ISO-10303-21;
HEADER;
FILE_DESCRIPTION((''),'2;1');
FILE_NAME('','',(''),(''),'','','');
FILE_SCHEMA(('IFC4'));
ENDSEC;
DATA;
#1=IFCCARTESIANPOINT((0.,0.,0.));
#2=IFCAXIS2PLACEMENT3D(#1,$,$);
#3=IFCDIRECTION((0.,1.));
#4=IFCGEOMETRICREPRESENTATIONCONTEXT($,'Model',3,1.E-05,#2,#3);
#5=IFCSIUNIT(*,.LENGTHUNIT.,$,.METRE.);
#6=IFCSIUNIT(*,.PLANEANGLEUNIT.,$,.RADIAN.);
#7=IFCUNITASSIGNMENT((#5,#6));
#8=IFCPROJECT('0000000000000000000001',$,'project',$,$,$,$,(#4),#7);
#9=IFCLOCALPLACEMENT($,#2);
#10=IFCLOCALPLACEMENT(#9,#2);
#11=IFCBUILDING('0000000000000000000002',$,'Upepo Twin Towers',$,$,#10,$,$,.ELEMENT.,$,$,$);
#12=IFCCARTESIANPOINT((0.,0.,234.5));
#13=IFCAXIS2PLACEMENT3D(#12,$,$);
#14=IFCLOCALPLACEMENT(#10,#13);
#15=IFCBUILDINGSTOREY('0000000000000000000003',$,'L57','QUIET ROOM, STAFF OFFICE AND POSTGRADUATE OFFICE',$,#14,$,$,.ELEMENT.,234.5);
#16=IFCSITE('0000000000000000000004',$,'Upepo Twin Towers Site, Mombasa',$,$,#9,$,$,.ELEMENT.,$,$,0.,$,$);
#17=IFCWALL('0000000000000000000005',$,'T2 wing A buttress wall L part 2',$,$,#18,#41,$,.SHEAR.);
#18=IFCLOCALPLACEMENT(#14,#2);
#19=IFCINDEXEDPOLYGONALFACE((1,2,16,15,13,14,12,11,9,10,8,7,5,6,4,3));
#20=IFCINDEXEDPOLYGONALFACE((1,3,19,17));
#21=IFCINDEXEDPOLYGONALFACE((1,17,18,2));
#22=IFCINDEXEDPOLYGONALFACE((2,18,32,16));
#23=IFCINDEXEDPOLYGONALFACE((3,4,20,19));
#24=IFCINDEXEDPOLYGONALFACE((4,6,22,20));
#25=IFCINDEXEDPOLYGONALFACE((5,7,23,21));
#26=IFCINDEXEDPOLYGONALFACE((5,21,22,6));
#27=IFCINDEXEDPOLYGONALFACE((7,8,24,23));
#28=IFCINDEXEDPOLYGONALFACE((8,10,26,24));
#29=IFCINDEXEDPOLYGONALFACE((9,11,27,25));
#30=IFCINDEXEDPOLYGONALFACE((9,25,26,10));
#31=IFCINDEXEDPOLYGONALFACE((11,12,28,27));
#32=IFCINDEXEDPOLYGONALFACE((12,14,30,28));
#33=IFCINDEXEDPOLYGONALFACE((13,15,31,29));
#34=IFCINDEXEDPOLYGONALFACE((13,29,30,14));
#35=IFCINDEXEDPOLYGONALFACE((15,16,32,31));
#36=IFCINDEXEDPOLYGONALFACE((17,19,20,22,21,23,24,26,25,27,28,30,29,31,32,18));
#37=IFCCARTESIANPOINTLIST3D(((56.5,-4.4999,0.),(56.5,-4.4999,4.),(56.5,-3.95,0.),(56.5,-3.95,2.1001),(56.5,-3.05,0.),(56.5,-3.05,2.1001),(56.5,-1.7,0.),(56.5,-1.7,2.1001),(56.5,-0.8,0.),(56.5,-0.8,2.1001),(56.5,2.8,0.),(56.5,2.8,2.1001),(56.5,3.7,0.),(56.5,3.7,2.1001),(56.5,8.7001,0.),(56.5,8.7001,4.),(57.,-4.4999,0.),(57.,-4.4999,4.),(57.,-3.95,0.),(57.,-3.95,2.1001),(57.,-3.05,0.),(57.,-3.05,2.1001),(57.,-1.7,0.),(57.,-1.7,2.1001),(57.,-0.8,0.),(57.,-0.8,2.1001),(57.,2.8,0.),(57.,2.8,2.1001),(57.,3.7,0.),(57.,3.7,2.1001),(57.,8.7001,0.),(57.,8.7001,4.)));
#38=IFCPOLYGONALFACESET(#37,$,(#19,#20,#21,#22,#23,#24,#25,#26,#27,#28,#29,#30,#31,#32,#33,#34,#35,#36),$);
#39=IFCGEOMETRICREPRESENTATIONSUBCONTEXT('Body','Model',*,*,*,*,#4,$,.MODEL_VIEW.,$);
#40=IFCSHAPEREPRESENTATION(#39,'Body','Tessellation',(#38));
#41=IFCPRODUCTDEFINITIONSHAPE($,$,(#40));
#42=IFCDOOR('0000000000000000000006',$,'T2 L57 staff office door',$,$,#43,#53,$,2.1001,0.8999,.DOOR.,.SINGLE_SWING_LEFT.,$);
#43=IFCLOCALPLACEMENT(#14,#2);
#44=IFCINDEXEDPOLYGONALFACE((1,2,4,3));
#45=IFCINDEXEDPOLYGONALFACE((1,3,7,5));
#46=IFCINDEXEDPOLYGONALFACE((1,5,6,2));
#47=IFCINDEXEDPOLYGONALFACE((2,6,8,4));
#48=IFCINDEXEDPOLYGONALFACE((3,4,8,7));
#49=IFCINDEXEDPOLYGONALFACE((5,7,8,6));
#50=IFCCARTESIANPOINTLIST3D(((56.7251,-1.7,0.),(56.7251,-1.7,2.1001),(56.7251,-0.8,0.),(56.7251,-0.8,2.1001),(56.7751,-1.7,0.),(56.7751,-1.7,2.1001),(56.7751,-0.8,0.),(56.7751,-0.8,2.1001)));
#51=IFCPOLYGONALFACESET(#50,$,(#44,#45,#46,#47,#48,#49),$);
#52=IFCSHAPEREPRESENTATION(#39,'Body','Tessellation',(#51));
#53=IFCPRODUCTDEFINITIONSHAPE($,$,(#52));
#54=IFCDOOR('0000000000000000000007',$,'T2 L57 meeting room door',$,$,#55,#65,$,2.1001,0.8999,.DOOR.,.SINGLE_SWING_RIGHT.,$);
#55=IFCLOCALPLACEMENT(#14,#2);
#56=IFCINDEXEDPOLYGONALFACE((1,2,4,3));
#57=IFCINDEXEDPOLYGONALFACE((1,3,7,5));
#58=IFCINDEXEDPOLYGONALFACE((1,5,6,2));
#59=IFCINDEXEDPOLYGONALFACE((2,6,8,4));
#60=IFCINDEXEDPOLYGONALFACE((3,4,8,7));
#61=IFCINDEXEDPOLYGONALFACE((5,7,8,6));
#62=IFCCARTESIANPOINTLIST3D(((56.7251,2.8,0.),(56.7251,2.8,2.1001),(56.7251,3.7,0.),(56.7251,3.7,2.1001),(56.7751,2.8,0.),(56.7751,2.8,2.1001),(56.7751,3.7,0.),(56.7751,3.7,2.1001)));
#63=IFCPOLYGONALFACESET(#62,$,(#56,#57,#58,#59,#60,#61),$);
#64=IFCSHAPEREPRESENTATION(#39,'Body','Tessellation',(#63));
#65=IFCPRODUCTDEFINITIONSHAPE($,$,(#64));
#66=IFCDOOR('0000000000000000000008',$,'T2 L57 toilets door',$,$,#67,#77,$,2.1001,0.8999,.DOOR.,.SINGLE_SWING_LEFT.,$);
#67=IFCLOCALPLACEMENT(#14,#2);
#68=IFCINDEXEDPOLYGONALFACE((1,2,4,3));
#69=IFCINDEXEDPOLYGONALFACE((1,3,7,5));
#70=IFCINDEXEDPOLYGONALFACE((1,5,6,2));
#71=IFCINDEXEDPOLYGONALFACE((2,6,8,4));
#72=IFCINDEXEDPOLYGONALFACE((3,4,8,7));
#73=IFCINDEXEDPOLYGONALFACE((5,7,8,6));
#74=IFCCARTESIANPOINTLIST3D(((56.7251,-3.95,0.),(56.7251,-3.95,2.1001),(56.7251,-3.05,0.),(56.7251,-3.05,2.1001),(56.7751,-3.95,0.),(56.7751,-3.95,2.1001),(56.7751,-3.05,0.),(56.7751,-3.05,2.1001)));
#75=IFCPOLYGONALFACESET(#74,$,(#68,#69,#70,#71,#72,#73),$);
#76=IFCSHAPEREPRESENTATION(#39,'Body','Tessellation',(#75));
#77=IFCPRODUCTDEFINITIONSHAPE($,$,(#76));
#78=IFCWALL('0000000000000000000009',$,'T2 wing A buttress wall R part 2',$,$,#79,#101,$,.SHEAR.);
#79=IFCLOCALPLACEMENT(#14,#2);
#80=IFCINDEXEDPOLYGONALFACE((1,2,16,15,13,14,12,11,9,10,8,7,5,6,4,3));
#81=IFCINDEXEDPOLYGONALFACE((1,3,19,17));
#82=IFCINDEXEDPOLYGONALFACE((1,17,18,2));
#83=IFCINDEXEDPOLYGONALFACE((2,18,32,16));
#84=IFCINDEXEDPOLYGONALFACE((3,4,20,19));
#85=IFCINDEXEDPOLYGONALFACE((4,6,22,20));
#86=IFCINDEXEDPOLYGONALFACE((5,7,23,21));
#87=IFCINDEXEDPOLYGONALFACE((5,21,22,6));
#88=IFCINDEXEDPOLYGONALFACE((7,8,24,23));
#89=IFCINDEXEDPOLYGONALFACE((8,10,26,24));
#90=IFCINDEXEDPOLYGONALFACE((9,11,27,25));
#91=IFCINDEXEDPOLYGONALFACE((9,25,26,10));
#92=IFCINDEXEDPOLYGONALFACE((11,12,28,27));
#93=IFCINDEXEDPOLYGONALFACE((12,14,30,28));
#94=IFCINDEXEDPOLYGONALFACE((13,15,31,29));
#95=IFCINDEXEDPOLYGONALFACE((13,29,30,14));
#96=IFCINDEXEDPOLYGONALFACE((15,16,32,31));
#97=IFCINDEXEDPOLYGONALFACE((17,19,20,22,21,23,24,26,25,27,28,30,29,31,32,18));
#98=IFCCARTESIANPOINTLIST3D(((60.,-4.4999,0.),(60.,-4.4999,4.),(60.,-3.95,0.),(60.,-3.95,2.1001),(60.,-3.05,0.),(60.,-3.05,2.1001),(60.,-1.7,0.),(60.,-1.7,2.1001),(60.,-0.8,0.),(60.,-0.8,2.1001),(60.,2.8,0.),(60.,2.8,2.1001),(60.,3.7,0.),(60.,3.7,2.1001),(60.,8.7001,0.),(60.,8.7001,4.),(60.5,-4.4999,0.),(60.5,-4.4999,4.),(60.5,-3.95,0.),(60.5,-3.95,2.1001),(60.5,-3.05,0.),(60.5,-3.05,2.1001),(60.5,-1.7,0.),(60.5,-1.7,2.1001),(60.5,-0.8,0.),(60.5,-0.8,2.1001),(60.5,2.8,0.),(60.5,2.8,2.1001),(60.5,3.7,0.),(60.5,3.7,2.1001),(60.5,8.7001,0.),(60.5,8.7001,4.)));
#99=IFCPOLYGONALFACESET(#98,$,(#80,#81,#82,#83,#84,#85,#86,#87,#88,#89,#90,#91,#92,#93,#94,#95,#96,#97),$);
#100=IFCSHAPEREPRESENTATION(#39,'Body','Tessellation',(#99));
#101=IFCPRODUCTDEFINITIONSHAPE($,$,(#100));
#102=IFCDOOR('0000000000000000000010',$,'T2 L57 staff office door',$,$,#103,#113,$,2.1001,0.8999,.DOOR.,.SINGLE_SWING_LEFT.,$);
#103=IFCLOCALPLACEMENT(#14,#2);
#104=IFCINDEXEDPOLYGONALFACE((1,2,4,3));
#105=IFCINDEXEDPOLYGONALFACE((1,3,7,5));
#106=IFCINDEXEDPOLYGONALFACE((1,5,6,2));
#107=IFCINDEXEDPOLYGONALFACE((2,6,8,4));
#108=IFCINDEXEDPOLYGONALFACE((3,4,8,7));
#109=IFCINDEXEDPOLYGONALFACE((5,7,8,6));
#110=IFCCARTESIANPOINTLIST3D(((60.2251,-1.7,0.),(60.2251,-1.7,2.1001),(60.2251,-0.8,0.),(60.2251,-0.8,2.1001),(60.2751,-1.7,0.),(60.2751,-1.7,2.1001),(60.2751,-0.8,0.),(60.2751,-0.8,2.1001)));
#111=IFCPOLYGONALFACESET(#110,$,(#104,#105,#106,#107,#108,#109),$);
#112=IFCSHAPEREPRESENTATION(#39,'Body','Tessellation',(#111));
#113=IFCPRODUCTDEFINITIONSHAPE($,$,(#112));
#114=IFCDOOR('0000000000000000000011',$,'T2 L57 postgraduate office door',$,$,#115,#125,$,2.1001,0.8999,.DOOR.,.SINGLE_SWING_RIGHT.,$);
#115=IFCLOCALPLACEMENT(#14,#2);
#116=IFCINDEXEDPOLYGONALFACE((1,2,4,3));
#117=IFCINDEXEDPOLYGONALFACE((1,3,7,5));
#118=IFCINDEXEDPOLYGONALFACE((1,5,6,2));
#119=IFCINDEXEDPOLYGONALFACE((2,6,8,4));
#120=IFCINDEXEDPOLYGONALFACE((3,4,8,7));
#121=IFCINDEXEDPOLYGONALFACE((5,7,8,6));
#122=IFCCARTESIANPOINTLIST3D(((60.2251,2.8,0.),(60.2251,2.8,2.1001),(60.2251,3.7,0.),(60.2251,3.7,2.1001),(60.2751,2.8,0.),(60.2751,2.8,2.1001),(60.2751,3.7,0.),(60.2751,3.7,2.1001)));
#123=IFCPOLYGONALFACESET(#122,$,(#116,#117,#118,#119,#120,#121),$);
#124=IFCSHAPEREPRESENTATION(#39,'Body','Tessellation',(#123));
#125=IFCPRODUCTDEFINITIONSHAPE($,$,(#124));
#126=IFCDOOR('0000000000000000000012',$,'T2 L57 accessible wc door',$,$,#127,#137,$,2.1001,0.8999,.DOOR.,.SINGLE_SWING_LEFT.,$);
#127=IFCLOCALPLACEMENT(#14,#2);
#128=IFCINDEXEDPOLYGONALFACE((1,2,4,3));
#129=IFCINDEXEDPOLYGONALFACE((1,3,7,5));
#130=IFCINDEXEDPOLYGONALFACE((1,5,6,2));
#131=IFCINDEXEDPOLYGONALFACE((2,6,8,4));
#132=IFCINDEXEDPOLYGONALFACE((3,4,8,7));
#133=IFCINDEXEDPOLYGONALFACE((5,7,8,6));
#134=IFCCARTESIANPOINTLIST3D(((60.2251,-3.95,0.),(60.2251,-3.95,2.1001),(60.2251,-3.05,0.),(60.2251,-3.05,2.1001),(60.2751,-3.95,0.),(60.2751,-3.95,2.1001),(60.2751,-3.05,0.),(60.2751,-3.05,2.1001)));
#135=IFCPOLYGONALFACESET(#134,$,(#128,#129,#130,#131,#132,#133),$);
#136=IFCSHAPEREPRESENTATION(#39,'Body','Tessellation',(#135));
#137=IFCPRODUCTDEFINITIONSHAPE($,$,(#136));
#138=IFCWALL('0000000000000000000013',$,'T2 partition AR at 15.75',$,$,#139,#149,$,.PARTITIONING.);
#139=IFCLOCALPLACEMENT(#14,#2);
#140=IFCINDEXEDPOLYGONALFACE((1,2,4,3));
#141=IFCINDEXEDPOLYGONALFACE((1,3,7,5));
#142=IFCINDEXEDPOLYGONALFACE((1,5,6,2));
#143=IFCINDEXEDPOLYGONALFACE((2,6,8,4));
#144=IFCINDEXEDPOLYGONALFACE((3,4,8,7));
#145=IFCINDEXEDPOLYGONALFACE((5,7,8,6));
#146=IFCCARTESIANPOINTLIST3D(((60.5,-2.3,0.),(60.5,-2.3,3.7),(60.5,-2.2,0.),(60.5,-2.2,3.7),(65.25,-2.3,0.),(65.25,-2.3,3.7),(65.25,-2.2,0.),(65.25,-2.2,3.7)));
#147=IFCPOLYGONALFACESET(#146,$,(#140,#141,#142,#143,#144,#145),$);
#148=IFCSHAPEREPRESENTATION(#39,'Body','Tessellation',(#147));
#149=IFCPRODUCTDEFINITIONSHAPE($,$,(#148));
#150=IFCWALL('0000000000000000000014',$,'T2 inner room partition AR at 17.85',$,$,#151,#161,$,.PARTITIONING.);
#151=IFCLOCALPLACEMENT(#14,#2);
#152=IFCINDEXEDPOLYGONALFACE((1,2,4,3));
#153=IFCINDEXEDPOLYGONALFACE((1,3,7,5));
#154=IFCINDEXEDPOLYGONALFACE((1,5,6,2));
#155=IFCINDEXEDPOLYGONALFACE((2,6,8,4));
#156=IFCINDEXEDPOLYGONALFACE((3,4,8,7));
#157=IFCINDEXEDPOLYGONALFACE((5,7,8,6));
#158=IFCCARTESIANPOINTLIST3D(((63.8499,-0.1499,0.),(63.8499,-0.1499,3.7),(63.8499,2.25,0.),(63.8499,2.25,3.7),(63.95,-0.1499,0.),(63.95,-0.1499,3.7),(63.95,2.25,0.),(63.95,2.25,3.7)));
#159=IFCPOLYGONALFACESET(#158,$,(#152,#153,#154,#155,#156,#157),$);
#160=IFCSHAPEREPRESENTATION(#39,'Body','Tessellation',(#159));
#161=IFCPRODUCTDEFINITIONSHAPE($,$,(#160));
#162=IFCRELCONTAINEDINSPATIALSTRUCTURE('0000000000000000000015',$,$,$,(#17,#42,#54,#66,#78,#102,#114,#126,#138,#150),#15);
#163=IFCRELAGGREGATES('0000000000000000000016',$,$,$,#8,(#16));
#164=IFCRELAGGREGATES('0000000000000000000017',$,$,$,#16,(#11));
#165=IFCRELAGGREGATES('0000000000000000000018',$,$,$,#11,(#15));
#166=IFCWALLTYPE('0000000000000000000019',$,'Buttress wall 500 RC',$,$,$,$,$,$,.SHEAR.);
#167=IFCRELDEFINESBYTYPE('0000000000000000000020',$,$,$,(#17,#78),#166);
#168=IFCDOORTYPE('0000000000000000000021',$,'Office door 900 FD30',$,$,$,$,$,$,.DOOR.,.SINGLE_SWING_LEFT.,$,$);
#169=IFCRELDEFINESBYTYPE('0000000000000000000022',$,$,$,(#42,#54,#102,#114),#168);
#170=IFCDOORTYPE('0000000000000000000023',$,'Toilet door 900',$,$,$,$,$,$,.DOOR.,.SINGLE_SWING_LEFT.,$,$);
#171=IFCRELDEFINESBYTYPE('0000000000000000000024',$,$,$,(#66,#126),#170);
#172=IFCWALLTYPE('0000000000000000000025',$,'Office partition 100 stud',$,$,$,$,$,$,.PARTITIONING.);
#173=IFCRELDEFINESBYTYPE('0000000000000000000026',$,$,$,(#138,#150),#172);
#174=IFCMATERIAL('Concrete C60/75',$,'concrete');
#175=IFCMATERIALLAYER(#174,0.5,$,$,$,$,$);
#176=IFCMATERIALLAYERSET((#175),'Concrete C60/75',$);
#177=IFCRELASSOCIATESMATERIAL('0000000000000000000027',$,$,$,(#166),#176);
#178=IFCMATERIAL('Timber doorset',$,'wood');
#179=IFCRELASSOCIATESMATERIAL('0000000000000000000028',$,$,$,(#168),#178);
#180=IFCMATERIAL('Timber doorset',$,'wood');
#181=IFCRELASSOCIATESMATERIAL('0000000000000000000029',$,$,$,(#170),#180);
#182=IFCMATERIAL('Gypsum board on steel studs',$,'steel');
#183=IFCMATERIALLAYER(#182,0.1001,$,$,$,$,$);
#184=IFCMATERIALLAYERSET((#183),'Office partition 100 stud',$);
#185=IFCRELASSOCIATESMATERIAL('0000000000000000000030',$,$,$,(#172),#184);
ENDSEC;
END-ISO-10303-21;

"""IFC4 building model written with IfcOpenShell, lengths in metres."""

from ifc_helpers import new_model, si_unit, direction, frame, frame_2d, origin, place, context, subcontext, project, spatial, rectangle, extrude, material, layer, layer_set, type_object, element, fill, save


model = new_model("IFC4")

# Units and contexts
model_context = context("Model", 3, precision=1e-05, world=origin(), true_north=direction((0.0, 1.0)))
body_context = subcontext(model_context, "Body", "Model", "MODEL_VIEW")
ifc_project = project(units=[si_unit("LENGTHUNIT", "METRE"), si_unit("PLANEANGLEUNIT", "RADIAN")], contexts=[model_context])

# Site, building, storey
site_placement = place(None, origin())
site = spatial("IfcSite", under=ifc_project, at=site_placement, Name="Upepo Twin Towers Site, Mombasa", CompositionType="ELEMENT", RefElevation=0.0)
building_placement = place(site_placement, origin())
building = spatial("IfcBuilding", under=site, at=building_placement, Name="Upepo Twin Towers", CompositionType="ELEMENT")
storey_placement = place(building_placement, frame((0.0, 0.0, 234.5)))
storey = spatial("IfcBuildingStorey", under=building, at=storey_placement, Name="L57", Description="QUIET ROOM, STAFF OFFICE AND POSTGRADUATE OFFICE", CompositionType="ELEMENT", Elevation=234.5)

# Walls, openings, doors
ifc_material_1 = material(Name="Concrete C60/75", Category="concrete")
ifc_layer_1 = layer(ifc_material_1, 0.5)
ifc_layer_set_1 = layer_set([ifc_layer_1], Name="Concrete C60/75")
wall_type_1 = type_object("IfcWallType", Name="Buttress wall 500 RC", PredefinedType="SHEAR", material=ifc_layer_set_1)
wall_1_placement = place(storey_placement, frame((56.75, -4.5, 0.0), z_axis=(0.0, 0.0, 1.0), x_axis=(0.0, 1.0, 0.0)))
wall_1 = element("IfcWall", 1, at=wall_1_placement, inside=storey, type_object=wall_type_1, Name="T2 wing A buttress wall L part 2", PredefinedType="SHEAR", context=body_context, shape_type="SweptSolid", body=[
    extrude(rectangle(XDim=13.2, YDim=0.5, at=frame_2d((6.6001, 0.0))), origin(), (0.0, 0.0, 1.0), 4.0),
])
opening_1_placement = place(wall_1_placement, frame((0.55, 0.0, 0.0)))
opening_1 = element("IfcOpeningElement", 2, at=opening_1_placement, cuts=wall_1, PredefinedType="OPENING", context=body_context, shape_type="SweptSolid", body=[
    extrude(rectangle(XDim=0.8999, YDim=2.1001, at=frame_2d((0.45, 1.05))), frame((0.0, 0.26, 0.0), z_axis=(0.0, -1.0, 0.0), x_axis=(1.0, 0.0, 0.0)), (0.0, 0.0, 1.0), 0.52),
])
opening_2_placement = place(wall_1_placement, frame((2.8, 0.0, 0.0)))
opening_2 = element("IfcOpeningElement", 3, at=opening_2_placement, cuts=wall_1, PredefinedType="OPENING", context=body_context, shape_type="SweptSolid", body=[
    extrude(rectangle(XDim=0.8999, YDim=2.1001, at=frame_2d((0.45, 1.05))), frame((0.0, 0.26, 0.0), z_axis=(0.0, -1.0, 0.0), x_axis=(1.0, 0.0, 0.0)), (0.0, 0.0, 1.0), 0.52),
])
opening_3_placement = place(wall_1_placement, frame((7.3, 0.0, 0.0)))
opening_3 = element("IfcOpeningElement", 4, at=opening_3_placement, cuts=wall_1, PredefinedType="OPENING", context=body_context, shape_type="SweptSolid", body=[
    extrude(rectangle(XDim=0.8999, YDim=2.1001, at=frame_2d((0.45, 1.05))), frame((0.0, 0.26, 0.0), z_axis=(0.0, -1.0, 0.0), x_axis=(1.0, 0.0, 0.0)), (0.0, 0.0, 1.0), 0.52),
])
ifc_material_2 = material(Name="Timber doorset", Category="wood")
door_type_1 = type_object("IfcDoorType", Name="Office door 900 FD30", OperationType="SINGLE_SWING_LEFT", PredefinedType="DOOR", material=ifc_material_2)
door_1_placement = place(opening_2_placement, origin())
door_1 = element("IfcDoor", 5, at=door_1_placement, inside=storey, type_object=door_type_1, Name="T2 L57 staff office door", OperationType="SINGLE_SWING_LEFT", OverallHeight=2.1001, OverallWidth=0.8999, PredefinedType="DOOR", context=body_context, shape_type="SweptSolid", body=[
    extrude(rectangle(XDim=0.8999, YDim=2.1001, at=frame_2d((0.45, 1.05))), frame((0.0, 0.0249, 0.0), z_axis=(0.0, -1.0, 0.0), x_axis=(1.0, 0.0, 0.0)), (0.0, 0.0, 1.0), 0.05),
])
fill(opening_2, door_1)
door_2_placement = place(opening_3_placement, origin())
door_2 = element("IfcDoor", 6, at=door_2_placement, inside=storey, type_object=door_type_1, Name="T2 L57 meeting room door", OperationType="SINGLE_SWING_RIGHT", OverallHeight=2.1001, OverallWidth=0.8999, PredefinedType="DOOR", context=body_context, shape_type="SweptSolid", body=[
    extrude(rectangle(XDim=0.8999, YDim=2.1001, at=frame_2d((0.45, 1.05))), frame((0.0, 0.0249, 0.0), z_axis=(0.0, -1.0, 0.0), x_axis=(1.0, 0.0, 0.0)), (0.0, 0.0, 1.0), 0.05),
])
fill(opening_3, door_2)
ifc_material_3 = material(Name="Timber doorset", Category="wood")
door_type_2 = type_object("IfcDoorType", Name="Toilet door 900", OperationType="SINGLE_SWING_LEFT", PredefinedType="DOOR", material=ifc_material_3)
door_3_placement = place(opening_1_placement, origin())
door_3 = element("IfcDoor", 7, at=door_3_placement, inside=storey, type_object=door_type_2, Name="T2 L57 toilets door", OperationType="SINGLE_SWING_LEFT", OverallHeight=2.1001, OverallWidth=0.8999, PredefinedType="DOOR", context=body_context, shape_type="SweptSolid", body=[
    extrude(rectangle(XDim=0.8999, YDim=2.1001, at=frame_2d((0.45, 1.05))), frame((0.0, 0.0249, 0.0), z_axis=(0.0, -1.0, 0.0), x_axis=(1.0, 0.0, 0.0)), (0.0, 0.0, 1.0), 0.05),
])
fill(opening_1, door_3)
wall_2_placement = place(storey_placement, frame((60.25, -4.5, 0.0), z_axis=(0.0, 0.0, 1.0), x_axis=(0.0, 1.0, 0.0)))
wall_2 = element("IfcWall", 8, at=wall_2_placement, inside=storey, type_object=wall_type_1, Name="T2 wing A buttress wall R part 2", PredefinedType="SHEAR", context=body_context, shape_type="SweptSolid", body=[
    extrude(rectangle(XDim=13.2, YDim=0.5, at=frame_2d((6.6001, 0.0))), origin(), (0.0, 0.0, 1.0), 4.0),
])
opening_4_placement = place(wall_2_placement, frame((0.55, 0.0, 0.0)))
opening_4 = element("IfcOpeningElement", 9, at=opening_4_placement, cuts=wall_2, PredefinedType="OPENING", context=body_context, shape_type="SweptSolid", body=[
    extrude(rectangle(XDim=0.8999, YDim=2.1001, at=frame_2d((0.45, 1.05))), frame((0.0, 0.26, 0.0), z_axis=(0.0, -1.0, 0.0), x_axis=(1.0, 0.0, 0.0)), (0.0, 0.0, 1.0), 0.52),
])
opening_5_placement = place(wall_2_placement, frame((2.8, 0.0, 0.0)))
opening_5 = element("IfcOpeningElement", 10, at=opening_5_placement, cuts=wall_2, PredefinedType="OPENING", context=body_context, shape_type="SweptSolid", body=[
    extrude(rectangle(XDim=0.8999, YDim=2.1001, at=frame_2d((0.45, 1.05))), frame((0.0, 0.26, 0.0), z_axis=(0.0, -1.0, 0.0), x_axis=(1.0, 0.0, 0.0)), (0.0, 0.0, 1.0), 0.52),
])
opening_6_placement = place(wall_2_placement, frame((7.3, 0.0, 0.0)))
opening_6 = element("IfcOpeningElement", 11, at=opening_6_placement, cuts=wall_2, PredefinedType="OPENING", context=body_context, shape_type="SweptSolid", body=[
    extrude(rectangle(XDim=0.8999, YDim=2.1001, at=frame_2d((0.45, 1.05))), frame((0.0, 0.26, 0.0), z_axis=(0.0, -1.0, 0.0), x_axis=(1.0, 0.0, 0.0)), (0.0, 0.0, 1.0), 0.52),
])
door_4_placement = place(opening_5_placement, origin())
door_4 = element("IfcDoor", 12, at=door_4_placement, inside=storey, type_object=door_type_1, Name="T2 L57 staff office door", OperationType="SINGLE_SWING_LEFT", OverallHeight=2.1001, OverallWidth=0.8999, PredefinedType="DOOR", context=body_context, shape_type="SweptSolid", body=[
    extrude(rectangle(XDim=0.8999, YDim=2.1001, at=frame_2d((0.45, 1.05))), frame((0.0, 0.0249, 0.0), z_axis=(0.0, -1.0, 0.0), x_axis=(1.0, 0.0, 0.0)), (0.0, 0.0, 1.0), 0.05),
])
fill(opening_5, door_4)
door_5_placement = place(opening_6_placement, origin())
door_5 = element("IfcDoor", 13, at=door_5_placement, inside=storey, type_object=door_type_1, Name="T2 L57 postgraduate office door", OperationType="SINGLE_SWING_RIGHT", OverallHeight=2.1001, OverallWidth=0.8999, PredefinedType="DOOR", context=body_context, shape_type="SweptSolid", body=[
    extrude(rectangle(XDim=0.8999, YDim=2.1001, at=frame_2d((0.45, 1.05))), frame((0.0, 0.0249, 0.0), z_axis=(0.0, -1.0, 0.0), x_axis=(1.0, 0.0, 0.0)), (0.0, 0.0, 1.0), 0.05),
])
fill(opening_6, door_5)
door_6_placement = place(opening_4_placement, origin())
door_6 = element("IfcDoor", 14, at=door_6_placement, inside=storey, type_object=door_type_2, Name="T2 L57 accessible wc door", OperationType="SINGLE_SWING_LEFT", OverallHeight=2.1001, OverallWidth=0.8999, PredefinedType="DOOR", context=body_context, shape_type="SweptSolid", body=[
    extrude(rectangle(XDim=0.8999, YDim=2.1001, at=frame_2d((0.45, 1.05))), frame((0.0, 0.0249, 0.0), z_axis=(0.0, -1.0, 0.0), x_axis=(1.0, 0.0, 0.0)), (0.0, 0.0, 1.0), 0.05),
])
fill(opening_4, door_6)

# Walls
ifc_material_4 = material(Name="Gypsum board on steel studs", Category="steel")
ifc_layer_2 = layer(ifc_material_4, 0.1001)
ifc_layer_set_2 = layer_set([ifc_layer_2], Name="Office partition 100 stud")
wall_type_2 = type_object("IfcWallType", Name="Office partition 100 stud", PredefinedType="PARTITIONING", material=ifc_layer_set_2)
wall_3_placement = place(storey_placement, frame((60.5, -2.25, 0.0), z_axis=(0.0, 0.0, 1.0), x_axis=(1.0, 0.0, 0.0)))
element("IfcWall", 15, at=wall_3_placement, inside=storey, type_object=wall_type_2, Name="T2 partition AR at 15.75", PredefinedType="PARTITIONING", context=body_context, shape_type="SweptSolid", body=[
    extrude(rectangle(XDim=4.75, YDim=0.1001, at=frame_2d((2.375, 0.0))), origin(), (0.0, 0.0, 1.0), 3.7),
])
wall_4_placement = place(storey_placement, frame((63.8999, -0.1499, 0.0), z_axis=(0.0, 0.0, 1.0), x_axis=(0.0, 1.0, 0.0)))
element("IfcWall", 16, at=wall_4_placement, inside=storey, type_object=wall_type_2, Name="T2 inner room partition AR at 17.85", PredefinedType="PARTITIONING", context=body_context, shape_type="SweptSolid", body=[
    extrude(rectangle(XDim=2.3999, YDim=0.1001, at=frame_2d((1.2, 0.0))), origin(), (0.0, 0.0, 1.0), 3.7),
])

save(model, "model.ifc")
